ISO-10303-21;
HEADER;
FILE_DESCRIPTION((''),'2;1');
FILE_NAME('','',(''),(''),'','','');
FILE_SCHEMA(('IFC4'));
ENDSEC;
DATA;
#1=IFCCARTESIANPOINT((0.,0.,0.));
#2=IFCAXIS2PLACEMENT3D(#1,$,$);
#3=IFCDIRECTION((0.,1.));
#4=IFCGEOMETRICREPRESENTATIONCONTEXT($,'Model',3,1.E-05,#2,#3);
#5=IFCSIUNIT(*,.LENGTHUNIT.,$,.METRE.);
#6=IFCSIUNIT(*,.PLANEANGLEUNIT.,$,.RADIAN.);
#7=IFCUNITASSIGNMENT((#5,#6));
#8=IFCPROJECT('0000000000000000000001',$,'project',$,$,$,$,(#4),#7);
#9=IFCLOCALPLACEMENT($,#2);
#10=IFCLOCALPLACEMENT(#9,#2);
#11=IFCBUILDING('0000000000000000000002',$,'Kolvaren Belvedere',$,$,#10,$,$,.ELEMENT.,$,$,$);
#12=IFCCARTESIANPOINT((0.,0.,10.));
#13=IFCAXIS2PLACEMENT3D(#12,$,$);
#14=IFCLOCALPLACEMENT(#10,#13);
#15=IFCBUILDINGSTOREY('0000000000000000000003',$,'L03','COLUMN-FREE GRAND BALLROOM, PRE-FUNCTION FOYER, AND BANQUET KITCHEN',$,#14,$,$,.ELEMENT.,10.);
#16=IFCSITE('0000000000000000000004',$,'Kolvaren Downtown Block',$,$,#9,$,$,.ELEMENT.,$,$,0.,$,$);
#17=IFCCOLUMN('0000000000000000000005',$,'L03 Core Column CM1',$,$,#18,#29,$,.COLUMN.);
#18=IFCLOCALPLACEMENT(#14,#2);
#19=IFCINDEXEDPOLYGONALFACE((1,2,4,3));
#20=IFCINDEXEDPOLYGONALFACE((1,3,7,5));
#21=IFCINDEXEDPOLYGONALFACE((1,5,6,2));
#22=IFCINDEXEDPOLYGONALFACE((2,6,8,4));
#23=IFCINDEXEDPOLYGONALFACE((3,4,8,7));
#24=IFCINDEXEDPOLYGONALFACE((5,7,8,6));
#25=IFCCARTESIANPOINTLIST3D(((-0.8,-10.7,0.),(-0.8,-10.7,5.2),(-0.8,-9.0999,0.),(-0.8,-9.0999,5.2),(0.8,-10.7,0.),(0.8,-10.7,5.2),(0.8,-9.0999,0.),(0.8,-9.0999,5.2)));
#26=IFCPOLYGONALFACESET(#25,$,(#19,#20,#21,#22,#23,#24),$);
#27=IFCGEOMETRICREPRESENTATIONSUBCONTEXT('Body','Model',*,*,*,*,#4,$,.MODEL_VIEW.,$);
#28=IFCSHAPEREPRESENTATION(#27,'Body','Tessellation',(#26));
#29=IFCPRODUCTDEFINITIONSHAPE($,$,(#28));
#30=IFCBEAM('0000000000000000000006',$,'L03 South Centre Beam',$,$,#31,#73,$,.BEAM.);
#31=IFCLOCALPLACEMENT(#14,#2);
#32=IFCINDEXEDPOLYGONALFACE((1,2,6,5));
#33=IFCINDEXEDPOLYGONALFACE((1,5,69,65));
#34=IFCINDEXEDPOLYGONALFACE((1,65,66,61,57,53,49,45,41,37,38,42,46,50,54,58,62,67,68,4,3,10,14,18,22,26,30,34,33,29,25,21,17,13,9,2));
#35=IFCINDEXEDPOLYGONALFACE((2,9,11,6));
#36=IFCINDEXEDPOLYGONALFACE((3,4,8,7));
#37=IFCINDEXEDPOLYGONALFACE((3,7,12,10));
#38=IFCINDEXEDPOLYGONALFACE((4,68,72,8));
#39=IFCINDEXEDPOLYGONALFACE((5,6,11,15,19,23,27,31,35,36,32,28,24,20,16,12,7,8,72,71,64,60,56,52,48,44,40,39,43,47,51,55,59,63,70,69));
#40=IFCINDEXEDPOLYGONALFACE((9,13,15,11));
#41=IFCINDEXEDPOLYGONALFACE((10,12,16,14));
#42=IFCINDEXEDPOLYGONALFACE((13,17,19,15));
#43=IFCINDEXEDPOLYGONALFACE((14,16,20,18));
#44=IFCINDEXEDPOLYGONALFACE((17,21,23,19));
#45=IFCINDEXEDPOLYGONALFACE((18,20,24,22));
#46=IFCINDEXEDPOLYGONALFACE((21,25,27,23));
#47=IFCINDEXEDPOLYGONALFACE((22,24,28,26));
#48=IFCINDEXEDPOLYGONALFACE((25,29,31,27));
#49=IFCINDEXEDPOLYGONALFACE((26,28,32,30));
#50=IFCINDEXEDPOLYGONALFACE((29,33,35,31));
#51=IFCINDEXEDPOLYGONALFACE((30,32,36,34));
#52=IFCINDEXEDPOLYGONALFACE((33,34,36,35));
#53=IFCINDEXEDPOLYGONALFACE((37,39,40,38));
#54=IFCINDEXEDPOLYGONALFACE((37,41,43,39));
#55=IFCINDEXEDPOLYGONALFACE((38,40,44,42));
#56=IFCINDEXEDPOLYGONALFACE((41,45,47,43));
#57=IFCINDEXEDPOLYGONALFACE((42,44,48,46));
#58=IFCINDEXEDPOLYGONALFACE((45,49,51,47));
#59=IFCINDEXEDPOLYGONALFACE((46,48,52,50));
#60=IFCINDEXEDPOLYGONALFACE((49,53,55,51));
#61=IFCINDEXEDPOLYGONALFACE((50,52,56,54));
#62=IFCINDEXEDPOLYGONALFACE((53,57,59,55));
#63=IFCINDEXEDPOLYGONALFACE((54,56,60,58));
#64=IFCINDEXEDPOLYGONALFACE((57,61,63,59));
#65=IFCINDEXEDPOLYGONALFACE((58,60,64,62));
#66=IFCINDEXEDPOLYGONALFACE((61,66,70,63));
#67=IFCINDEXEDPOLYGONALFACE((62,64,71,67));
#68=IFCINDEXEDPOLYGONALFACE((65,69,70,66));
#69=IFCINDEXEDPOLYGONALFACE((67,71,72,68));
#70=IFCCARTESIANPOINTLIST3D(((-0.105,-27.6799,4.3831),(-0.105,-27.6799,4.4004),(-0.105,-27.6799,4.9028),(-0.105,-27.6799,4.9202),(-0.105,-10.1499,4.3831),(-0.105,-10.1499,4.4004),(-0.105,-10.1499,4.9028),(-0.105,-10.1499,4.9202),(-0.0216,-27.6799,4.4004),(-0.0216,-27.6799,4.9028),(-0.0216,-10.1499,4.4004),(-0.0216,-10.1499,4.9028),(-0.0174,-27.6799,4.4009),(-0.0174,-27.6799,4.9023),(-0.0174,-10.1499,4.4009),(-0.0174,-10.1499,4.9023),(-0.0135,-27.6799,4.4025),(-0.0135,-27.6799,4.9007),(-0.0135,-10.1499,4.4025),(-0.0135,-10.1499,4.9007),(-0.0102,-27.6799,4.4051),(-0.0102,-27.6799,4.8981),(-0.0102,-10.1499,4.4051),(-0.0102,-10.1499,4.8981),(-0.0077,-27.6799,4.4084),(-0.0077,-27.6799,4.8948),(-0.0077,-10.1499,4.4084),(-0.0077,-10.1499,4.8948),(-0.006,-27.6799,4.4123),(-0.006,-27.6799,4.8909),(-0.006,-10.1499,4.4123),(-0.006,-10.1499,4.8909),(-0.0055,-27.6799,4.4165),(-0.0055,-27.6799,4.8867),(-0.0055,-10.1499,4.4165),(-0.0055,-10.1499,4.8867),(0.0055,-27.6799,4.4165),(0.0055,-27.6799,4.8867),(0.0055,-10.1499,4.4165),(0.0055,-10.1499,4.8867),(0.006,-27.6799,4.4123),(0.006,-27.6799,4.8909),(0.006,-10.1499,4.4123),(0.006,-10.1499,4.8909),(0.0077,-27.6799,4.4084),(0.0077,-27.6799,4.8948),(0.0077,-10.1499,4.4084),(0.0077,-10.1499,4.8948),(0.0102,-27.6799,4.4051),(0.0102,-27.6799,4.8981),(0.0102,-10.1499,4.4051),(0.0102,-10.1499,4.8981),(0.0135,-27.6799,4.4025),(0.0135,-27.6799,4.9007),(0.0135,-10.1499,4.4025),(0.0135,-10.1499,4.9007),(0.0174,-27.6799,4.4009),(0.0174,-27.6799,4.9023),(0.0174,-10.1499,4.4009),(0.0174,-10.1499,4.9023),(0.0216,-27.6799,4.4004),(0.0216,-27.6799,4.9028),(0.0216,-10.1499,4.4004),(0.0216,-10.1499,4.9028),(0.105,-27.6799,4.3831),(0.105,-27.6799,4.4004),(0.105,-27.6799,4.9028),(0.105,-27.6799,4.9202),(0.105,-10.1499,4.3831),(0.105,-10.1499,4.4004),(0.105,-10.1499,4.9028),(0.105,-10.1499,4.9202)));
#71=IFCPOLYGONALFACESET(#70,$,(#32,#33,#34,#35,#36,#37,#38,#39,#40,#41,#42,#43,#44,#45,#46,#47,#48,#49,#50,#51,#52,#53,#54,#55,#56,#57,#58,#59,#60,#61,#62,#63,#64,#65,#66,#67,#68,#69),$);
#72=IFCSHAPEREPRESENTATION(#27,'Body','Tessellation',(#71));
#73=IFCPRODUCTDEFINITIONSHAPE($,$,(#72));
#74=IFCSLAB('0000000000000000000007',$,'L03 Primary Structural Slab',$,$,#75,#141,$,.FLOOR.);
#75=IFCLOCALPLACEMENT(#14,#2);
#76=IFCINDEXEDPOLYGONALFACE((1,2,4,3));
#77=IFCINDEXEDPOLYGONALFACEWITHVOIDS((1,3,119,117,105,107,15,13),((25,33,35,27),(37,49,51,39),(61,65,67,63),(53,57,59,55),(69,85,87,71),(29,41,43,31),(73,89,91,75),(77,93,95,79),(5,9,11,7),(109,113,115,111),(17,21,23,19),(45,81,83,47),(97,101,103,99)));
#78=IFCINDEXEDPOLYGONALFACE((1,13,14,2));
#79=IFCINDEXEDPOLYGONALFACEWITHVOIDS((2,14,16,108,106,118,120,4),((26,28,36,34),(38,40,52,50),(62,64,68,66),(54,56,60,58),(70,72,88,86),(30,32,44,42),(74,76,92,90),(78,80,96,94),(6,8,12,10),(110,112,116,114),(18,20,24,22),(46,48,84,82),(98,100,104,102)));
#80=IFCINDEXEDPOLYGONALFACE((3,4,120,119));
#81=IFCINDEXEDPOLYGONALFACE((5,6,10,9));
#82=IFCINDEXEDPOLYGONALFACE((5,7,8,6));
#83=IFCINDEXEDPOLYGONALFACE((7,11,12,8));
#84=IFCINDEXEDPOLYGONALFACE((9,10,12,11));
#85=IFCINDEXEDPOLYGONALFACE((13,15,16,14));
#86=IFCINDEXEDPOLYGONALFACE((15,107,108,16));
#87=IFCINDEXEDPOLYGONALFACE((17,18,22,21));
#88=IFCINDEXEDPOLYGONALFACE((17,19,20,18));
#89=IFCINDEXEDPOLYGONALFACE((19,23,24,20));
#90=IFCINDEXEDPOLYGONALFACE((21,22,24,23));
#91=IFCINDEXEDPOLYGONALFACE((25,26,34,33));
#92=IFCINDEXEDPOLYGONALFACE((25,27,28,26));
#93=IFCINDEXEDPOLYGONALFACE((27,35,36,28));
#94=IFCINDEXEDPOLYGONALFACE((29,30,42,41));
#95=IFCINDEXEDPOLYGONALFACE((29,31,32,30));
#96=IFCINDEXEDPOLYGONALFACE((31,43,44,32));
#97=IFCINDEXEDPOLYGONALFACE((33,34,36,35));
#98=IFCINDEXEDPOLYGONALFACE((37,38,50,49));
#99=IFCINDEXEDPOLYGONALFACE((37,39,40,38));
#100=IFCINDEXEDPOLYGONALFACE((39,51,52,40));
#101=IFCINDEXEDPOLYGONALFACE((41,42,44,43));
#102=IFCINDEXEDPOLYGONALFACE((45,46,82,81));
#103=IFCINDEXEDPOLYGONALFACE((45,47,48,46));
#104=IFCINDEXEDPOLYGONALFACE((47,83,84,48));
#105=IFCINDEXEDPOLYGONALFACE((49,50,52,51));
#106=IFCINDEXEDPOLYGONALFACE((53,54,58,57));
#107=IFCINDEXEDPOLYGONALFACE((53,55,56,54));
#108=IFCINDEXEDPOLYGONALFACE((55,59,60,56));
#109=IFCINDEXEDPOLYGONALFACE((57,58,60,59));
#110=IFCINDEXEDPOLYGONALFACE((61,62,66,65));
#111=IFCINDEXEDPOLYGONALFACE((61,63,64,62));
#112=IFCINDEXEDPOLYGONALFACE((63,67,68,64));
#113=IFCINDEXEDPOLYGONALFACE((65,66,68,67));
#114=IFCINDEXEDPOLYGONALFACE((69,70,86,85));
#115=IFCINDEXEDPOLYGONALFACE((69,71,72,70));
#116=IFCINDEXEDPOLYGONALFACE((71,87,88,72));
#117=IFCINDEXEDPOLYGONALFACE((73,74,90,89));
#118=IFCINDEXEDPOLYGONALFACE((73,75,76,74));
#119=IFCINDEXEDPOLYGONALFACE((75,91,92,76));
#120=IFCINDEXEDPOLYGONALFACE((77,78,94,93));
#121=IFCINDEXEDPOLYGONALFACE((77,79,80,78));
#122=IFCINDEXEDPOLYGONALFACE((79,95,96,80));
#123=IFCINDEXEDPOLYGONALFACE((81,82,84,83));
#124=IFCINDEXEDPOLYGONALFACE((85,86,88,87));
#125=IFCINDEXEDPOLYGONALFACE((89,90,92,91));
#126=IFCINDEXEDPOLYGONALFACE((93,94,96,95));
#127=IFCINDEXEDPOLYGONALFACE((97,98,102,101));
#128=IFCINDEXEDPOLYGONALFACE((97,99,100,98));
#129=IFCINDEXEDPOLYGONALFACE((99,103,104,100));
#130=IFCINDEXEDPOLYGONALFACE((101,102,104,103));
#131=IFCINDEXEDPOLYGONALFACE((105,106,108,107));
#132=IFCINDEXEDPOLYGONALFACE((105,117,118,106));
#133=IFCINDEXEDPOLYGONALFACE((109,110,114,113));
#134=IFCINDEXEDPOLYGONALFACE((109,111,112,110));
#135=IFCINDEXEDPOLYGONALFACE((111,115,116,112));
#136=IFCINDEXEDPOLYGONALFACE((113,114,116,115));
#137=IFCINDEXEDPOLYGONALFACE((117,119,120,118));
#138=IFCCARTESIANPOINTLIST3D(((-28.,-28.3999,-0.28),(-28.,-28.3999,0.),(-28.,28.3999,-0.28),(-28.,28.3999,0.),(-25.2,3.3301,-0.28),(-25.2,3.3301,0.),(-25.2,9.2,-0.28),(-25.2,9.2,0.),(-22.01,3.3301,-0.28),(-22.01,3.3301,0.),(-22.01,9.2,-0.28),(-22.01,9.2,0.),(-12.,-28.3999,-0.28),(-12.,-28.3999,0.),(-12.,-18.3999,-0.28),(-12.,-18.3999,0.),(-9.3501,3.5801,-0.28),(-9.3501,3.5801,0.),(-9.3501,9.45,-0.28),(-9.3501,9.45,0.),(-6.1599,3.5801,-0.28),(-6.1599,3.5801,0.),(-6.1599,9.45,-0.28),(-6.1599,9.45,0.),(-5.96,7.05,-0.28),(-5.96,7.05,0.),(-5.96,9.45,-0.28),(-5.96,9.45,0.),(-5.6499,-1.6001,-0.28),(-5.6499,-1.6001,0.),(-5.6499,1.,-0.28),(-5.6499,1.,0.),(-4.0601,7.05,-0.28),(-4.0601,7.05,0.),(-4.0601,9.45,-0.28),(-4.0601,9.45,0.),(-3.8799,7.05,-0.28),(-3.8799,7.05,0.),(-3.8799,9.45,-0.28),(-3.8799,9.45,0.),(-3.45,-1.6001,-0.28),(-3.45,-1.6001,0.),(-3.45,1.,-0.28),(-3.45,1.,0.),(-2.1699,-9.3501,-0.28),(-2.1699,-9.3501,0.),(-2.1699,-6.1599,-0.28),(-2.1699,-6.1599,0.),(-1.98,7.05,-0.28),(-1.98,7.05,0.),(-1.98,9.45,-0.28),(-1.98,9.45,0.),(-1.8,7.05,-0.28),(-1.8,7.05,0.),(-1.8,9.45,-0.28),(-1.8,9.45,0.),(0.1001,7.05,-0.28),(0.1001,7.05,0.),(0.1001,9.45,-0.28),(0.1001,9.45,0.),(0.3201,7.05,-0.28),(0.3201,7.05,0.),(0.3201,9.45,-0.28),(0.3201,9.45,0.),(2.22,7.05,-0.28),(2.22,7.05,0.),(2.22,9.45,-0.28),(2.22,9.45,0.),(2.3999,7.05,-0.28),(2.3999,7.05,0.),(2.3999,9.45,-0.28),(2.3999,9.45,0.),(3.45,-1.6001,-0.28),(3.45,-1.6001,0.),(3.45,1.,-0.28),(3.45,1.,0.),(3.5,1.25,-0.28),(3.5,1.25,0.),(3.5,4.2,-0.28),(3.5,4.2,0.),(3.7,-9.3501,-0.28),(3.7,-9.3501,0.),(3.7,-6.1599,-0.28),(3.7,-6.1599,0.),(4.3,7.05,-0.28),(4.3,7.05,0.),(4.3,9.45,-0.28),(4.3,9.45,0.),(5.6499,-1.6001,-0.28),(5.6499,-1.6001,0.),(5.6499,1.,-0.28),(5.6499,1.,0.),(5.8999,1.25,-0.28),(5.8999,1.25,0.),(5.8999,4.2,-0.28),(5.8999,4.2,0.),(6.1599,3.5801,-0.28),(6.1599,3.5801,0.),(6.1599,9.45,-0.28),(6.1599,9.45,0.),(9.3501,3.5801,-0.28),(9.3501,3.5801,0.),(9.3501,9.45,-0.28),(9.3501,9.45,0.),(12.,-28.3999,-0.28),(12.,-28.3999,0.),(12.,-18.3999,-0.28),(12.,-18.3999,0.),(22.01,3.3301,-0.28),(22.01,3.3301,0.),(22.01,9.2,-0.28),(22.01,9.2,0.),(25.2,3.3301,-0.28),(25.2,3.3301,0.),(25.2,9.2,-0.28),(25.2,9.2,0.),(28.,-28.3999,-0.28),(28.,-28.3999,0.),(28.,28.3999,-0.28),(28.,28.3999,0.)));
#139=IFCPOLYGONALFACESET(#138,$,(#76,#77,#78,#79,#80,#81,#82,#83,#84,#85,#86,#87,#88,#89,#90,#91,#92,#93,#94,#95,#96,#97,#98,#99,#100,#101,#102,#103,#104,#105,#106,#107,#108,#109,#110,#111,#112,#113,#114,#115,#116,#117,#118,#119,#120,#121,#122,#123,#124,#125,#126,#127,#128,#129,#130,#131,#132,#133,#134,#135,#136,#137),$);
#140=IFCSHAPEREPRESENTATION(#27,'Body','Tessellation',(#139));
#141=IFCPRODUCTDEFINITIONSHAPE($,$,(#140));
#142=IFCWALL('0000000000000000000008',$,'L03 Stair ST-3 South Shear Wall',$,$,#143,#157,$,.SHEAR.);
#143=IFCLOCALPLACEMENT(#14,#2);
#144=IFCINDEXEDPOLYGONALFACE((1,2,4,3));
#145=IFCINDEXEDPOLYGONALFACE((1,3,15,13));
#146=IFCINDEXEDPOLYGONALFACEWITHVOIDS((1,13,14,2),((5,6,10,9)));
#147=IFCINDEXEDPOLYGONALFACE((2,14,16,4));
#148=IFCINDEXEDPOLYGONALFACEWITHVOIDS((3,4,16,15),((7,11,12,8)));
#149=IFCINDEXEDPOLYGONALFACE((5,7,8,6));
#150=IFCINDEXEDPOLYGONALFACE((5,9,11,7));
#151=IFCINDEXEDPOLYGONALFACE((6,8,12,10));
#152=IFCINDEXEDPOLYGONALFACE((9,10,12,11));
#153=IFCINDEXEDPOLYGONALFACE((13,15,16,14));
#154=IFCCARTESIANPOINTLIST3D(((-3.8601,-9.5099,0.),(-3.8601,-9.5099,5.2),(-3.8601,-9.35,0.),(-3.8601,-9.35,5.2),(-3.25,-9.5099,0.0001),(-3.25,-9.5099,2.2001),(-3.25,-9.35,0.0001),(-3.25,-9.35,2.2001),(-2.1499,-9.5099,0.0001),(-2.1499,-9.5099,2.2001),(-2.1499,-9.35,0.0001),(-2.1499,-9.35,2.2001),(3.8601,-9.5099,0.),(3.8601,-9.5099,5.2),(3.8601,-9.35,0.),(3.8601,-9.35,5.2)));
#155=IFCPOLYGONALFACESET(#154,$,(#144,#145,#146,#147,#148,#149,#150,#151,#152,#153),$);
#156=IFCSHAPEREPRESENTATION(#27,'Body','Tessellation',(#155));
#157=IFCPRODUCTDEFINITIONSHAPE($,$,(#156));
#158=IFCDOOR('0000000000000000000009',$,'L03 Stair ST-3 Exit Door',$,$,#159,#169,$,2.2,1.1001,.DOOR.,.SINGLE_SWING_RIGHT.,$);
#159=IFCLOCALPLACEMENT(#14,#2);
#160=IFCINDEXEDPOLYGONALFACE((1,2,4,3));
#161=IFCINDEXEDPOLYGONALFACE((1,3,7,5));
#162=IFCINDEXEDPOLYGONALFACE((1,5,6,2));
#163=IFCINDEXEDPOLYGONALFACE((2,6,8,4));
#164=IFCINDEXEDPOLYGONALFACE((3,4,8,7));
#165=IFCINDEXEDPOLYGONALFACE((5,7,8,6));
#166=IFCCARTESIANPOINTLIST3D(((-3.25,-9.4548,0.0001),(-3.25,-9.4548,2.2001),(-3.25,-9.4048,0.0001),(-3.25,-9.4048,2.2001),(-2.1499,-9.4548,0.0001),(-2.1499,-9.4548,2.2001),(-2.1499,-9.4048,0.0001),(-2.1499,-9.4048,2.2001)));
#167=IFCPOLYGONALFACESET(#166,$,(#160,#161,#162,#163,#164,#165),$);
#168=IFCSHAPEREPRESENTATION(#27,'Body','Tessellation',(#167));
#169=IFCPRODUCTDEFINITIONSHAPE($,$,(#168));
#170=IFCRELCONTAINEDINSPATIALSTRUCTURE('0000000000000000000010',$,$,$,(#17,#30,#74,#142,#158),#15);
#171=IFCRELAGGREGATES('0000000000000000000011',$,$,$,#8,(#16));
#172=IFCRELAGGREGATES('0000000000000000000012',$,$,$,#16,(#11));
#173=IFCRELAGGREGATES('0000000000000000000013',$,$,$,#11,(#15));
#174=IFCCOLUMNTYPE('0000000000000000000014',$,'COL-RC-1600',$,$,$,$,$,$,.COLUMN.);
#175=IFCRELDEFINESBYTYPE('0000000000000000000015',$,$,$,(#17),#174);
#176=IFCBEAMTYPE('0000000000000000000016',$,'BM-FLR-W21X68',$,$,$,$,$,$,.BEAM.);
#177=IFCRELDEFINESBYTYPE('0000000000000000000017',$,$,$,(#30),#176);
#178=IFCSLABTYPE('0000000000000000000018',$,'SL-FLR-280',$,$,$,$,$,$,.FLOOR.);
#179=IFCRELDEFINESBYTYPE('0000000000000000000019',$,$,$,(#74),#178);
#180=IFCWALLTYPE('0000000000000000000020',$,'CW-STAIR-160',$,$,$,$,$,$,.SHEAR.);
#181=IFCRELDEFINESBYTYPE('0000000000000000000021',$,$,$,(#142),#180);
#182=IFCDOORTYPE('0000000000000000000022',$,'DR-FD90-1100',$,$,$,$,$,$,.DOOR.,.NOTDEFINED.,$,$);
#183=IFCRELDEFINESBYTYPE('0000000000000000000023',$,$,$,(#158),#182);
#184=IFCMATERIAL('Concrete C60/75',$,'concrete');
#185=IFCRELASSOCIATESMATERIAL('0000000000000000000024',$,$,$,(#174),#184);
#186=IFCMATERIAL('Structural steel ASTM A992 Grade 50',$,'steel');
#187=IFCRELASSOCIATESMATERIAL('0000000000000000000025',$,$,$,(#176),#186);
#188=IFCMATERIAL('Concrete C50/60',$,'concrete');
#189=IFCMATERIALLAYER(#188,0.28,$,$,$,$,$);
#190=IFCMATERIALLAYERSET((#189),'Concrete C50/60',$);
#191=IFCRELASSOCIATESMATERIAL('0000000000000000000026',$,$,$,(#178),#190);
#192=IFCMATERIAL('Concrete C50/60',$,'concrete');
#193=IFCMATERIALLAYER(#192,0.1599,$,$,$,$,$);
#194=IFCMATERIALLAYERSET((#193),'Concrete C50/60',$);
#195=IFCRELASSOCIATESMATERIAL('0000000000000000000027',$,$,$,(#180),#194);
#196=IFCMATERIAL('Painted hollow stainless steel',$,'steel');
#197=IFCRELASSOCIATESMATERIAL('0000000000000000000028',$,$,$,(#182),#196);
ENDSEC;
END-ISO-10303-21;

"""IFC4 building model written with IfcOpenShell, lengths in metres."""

from ifc_helpers import new_model, si_unit, direction, frame, frame_2d, origin, origin_2d, place, context, subcontext, project, spatial, polyline, rectangle, i_section, outline, extrude, material, layer, layer_set, material_profile, profile_set, type_object, element, fill, save


model = new_model("IFC4")

# Units and contexts
model_context = context("Model", 3, precision=1e-05, world=origin(), true_north=direction((0.0, 1.0)))
body_context = subcontext(model_context, "Body", "Model", "MODEL_VIEW")
ifc_project = project(units=[si_unit("LENGTHUNIT", "METRE"), si_unit("PLANEANGLEUNIT", "RADIAN")], contexts=[model_context])

# Site, building, storey
site_placement = place(None, origin())
site = spatial("IfcSite", under=ifc_project, at=site_placement, Name="Kolvaren Downtown Block", CompositionType="ELEMENT", RefElevation=0.0)
building_placement = place(site_placement, origin())
building = spatial("IfcBuilding", under=site, at=building_placement, Name="Kolvaren Belvedere", CompositionType="ELEMENT")
storey_placement = place(building_placement, frame((0.0, 0.0, 10.0)))
storey = spatial("IfcBuildingStorey", under=building, at=storey_placement, Name="L03", Description="COLUMN-FREE GRAND BALLROOM, PRE-FUNCTION FOYER, AND BANQUET KITCHEN", CompositionType="ELEMENT", Elevation=10.0)

# Column
ifc_material_1 = material(Name="Concrete C60/75", Category="concrete")
ifc_material_profile_1 = material_profile(ifc_material_1, rectangle(XDim=1.6001, YDim=1.6001, at=origin_2d()), Name="RC 1600X1600")
ifc_profile_set_1 = profile_set([ifc_material_profile_1], Name="Concrete C60/75")
column_type = type_object("IfcColumnType", Name="COL-RC-1600", PredefinedType="COLUMN", material=ifc_profile_set_1)
column_placement = place(storey_placement, frame((0.0, -9.8999, 0.0), z_axis=(0.0, 0.0, 1.0), x_axis=(1.0, 0.0, 0.0)))
element("IfcColumn", 1, at=column_placement, inside=storey, type_object=column_type, Name="L03 Core Column CM1", PredefinedType="COLUMN", context=body_context, shape_type="SweptSolid", body=[
    extrude(rectangle(XDim=1.6001, YDim=1.6001, at=origin_2d()), origin(), (0.0, 0.0, 1.0), 5.2),
])

# Beam
ifc_material_2 = material(Name="Structural steel ASTM A992 Grade 50", Category="steel")
ifc_material_profile_2 = material_profile(ifc_material_2, i_section(OverallWidth=0.21, OverallDepth=0.5371, WebThickness=0.011, FlangeThickness=0.0173, FilletRadius=0.0161, at=origin_2d()), Name="W21X68")
ifc_profile_set_2 = profile_set([ifc_material_profile_2], Name="Structural steel ASTM A992 Grade 50")
beam_type = type_object("IfcBeamType", Name="BM-FLR-W21X68", PredefinedType="BEAM", material=ifc_profile_set_2)
beam_placement = place(storey_placement, frame((0.0, -10.1499, 4.6516), z_axis=(0.0, -1.0, 0.0), x_axis=(1.0, 0.0, 0.0)))
element("IfcBeam", 2, at=beam_placement, inside=storey, type_object=beam_type, Name="L03 South Centre Beam", PredefinedType="BEAM", context=body_context, shape_type="SweptSolid", body=[
    extrude(i_section(OverallWidth=0.21, OverallDepth=0.5371, WebThickness=0.011, FlangeThickness=0.0173, FilletRadius=0.0161, at=origin_2d()), origin(), (0.0, 0.0, 1.0), 17.53),
])

# Slab
ifc_material_3 = material(Name="Concrete C50/60", Category="concrete")
ifc_layer_1 = layer(ifc_material_3, 0.28)
ifc_layer_set_1 = layer_set([ifc_layer_1], Name="Concrete C50/60")
slab_type = type_object("IfcSlabType", Name="SL-FLR-280", PredefinedType="FLOOR", material=ifc_layer_set_1)
slab_placement = place(storey_placement, frame((0.0, 0.0, -0.28)))
element("IfcSlab", 3, at=slab_placement, inside=storey, type_object=slab_type, Name="L03 Primary Structural Slab", PredefinedType="FLOOR", context=body_context, shape_type="SweptSolid", body=[
    extrude(outline(polyline([(-28.0, -28.3999), (-12.0, -28.3999), (-12.0, -18.3999), (12.0, -18.3999), (12.0, -28.3999), (28.0, -28.3999), (28.0, 28.3999), (-28.0, 28.3999), (-28.0, -28.3999)]), holes=[polyline([(-9.3501, 3.5801), (-6.1599, 3.5801), (-6.1599, 9.45), (-9.3501, 9.45), (-9.3501, 3.5801)]), polyline([(6.1599, 3.5801), (9.3501, 3.5801), (9.3501, 9.45), (6.1599, 9.45), (6.1599, 3.5801)]), polyline([(-2.1699, -9.3501), (3.7, -9.3501), (3.7, -6.1599), (-2.1699, -6.1599), (-2.1699, -9.3501)]), polyline([(-25.2, 3.3301), (-22.01, 3.3301), (-22.01, 9.2), (-25.2, 9.2), (-25.2, 3.3301)]), polyline([(22.01, 3.3301), (25.2, 3.3301), (25.2, 9.2), (22.01, 9.2), (22.01, 3.3301)]), polyline([(-5.6499, -1.6001), (-3.45, -1.6001), (-3.45, 1.0), (-5.6499, 1.0), (-5.6499, -1.6001)]), polyline([(3.5, 1.25), (5.8999, 1.25), (5.8999, 4.2), (3.5, 4.2), (3.5, 1.25)]), polyline([(3.45, -1.6001), (5.6499, -1.6001), (5.6499, 1.0), (3.45, 1.0), (3.45, -1.6001)]), polyline([(-5.96, 7.05), (-4.0601, 7.05), (-4.0601, 9.45), (-5.96, 9.45), (-5.96, 7.05)]), polyline([(-3.8799, 7.05), (-1.98, 7.05), (-1.98, 9.45), (-3.8799, 9.45), (-3.8799, 7.05)]), polyline([(-1.8, 7.05), (0.1001, 7.05), (0.1001, 9.45), (-1.8, 9.45), (-1.8, 7.05)]), polyline([(0.3201, 7.05), (2.22, 7.05), (2.22, 9.45), (0.3201, 9.45), (0.3201, 7.05)]), polyline([(2.3999, 7.05), (4.3, 7.05), (4.3, 9.45), (2.3999, 9.45), (2.3999, 7.05)])]), origin(), (0.0, 0.0, 1.0), 0.28),
])

# Wall, opening, door
ifc_material_4 = material(Name="Concrete C50/60", Category="concrete")
ifc_layer_2 = layer(ifc_material_4, 0.1599)
ifc_layer_set_2 = layer_set([ifc_layer_2], Name="Concrete C50/60")
wall_type_1 = type_object("IfcWallType", Name="CW-STAIR-160", PredefinedType="SHEAR", material=ifc_layer_set_2)
wall_1_placement = place(storey_placement, frame((3.8601, -9.4299, 0.0), z_axis=(0.0, 0.0, 1.0), x_axis=(-1.0, 0.0, 0.0)))
wall_1 = element("IfcWall", 4, at=wall_1_placement, inside=storey, type_object=wall_type_1, Name="L03 Stair ST-3 South Shear Wall", PredefinedType="SHEAR", context=body_context, shape_type="SweptSolid", body=[
    extrude(rectangle(XDim=7.7202, YDim=0.1599, at=frame_2d((3.8601, 0.0))), origin(), (0.0, 0.0, 1.0), 5.2),
])
opening_1_placement = place(wall_1_placement, frame((6.01, 0.0, 0.0)))
opening_1 = element("IfcOpeningElement", 5, at=opening_1_placement, cuts=wall_1, PredefinedType="OPENING", context=body_context, shape_type="SweptSolid", body=[
    extrude(rectangle(XDim=1.1001, YDim=2.2, at=frame_2d((0.55, 1.1001))), frame((0.0, 0.0898, 0.0), z_axis=(0.0, -1.0, 0.0), x_axis=(1.0, 0.0, 0.0)), (0.0, 0.0, 1.0), 0.1799),
])
ifc_material_5 = material(Name="Painted hollow stainless steel", Category="steel")
door_type_1 = type_object("IfcDoorType", Name="DR-FD90-1100", OperationType="NOTDEFINED", PredefinedType="DOOR", material=ifc_material_5)
door_1_placement = place(opening_1_placement, origin())
door_1 = element("IfcDoor", 6, at=door_1_placement, inside=storey, type_object=door_type_1, Name="L03 Stair ST-3 Exit Door", OperationType="SINGLE_SWING_RIGHT", OverallHeight=2.2, OverallWidth=1.1001, PredefinedType="DOOR", context=body_context, shape_type="SweptSolid", body=[
    extrude(rectangle(XDim=1.1001, YDim=2.2, at=frame_2d((0.55, 1.1001))), frame((0.0, 0.0249, 0.0), z_axis=(0.0, -1.0, 0.0), x_axis=(1.0, 0.0, 0.0)), (0.0, 0.0, 1.0), 0.05),
])
fill(opening_1, door_1)

save(model, "model.ifc")
